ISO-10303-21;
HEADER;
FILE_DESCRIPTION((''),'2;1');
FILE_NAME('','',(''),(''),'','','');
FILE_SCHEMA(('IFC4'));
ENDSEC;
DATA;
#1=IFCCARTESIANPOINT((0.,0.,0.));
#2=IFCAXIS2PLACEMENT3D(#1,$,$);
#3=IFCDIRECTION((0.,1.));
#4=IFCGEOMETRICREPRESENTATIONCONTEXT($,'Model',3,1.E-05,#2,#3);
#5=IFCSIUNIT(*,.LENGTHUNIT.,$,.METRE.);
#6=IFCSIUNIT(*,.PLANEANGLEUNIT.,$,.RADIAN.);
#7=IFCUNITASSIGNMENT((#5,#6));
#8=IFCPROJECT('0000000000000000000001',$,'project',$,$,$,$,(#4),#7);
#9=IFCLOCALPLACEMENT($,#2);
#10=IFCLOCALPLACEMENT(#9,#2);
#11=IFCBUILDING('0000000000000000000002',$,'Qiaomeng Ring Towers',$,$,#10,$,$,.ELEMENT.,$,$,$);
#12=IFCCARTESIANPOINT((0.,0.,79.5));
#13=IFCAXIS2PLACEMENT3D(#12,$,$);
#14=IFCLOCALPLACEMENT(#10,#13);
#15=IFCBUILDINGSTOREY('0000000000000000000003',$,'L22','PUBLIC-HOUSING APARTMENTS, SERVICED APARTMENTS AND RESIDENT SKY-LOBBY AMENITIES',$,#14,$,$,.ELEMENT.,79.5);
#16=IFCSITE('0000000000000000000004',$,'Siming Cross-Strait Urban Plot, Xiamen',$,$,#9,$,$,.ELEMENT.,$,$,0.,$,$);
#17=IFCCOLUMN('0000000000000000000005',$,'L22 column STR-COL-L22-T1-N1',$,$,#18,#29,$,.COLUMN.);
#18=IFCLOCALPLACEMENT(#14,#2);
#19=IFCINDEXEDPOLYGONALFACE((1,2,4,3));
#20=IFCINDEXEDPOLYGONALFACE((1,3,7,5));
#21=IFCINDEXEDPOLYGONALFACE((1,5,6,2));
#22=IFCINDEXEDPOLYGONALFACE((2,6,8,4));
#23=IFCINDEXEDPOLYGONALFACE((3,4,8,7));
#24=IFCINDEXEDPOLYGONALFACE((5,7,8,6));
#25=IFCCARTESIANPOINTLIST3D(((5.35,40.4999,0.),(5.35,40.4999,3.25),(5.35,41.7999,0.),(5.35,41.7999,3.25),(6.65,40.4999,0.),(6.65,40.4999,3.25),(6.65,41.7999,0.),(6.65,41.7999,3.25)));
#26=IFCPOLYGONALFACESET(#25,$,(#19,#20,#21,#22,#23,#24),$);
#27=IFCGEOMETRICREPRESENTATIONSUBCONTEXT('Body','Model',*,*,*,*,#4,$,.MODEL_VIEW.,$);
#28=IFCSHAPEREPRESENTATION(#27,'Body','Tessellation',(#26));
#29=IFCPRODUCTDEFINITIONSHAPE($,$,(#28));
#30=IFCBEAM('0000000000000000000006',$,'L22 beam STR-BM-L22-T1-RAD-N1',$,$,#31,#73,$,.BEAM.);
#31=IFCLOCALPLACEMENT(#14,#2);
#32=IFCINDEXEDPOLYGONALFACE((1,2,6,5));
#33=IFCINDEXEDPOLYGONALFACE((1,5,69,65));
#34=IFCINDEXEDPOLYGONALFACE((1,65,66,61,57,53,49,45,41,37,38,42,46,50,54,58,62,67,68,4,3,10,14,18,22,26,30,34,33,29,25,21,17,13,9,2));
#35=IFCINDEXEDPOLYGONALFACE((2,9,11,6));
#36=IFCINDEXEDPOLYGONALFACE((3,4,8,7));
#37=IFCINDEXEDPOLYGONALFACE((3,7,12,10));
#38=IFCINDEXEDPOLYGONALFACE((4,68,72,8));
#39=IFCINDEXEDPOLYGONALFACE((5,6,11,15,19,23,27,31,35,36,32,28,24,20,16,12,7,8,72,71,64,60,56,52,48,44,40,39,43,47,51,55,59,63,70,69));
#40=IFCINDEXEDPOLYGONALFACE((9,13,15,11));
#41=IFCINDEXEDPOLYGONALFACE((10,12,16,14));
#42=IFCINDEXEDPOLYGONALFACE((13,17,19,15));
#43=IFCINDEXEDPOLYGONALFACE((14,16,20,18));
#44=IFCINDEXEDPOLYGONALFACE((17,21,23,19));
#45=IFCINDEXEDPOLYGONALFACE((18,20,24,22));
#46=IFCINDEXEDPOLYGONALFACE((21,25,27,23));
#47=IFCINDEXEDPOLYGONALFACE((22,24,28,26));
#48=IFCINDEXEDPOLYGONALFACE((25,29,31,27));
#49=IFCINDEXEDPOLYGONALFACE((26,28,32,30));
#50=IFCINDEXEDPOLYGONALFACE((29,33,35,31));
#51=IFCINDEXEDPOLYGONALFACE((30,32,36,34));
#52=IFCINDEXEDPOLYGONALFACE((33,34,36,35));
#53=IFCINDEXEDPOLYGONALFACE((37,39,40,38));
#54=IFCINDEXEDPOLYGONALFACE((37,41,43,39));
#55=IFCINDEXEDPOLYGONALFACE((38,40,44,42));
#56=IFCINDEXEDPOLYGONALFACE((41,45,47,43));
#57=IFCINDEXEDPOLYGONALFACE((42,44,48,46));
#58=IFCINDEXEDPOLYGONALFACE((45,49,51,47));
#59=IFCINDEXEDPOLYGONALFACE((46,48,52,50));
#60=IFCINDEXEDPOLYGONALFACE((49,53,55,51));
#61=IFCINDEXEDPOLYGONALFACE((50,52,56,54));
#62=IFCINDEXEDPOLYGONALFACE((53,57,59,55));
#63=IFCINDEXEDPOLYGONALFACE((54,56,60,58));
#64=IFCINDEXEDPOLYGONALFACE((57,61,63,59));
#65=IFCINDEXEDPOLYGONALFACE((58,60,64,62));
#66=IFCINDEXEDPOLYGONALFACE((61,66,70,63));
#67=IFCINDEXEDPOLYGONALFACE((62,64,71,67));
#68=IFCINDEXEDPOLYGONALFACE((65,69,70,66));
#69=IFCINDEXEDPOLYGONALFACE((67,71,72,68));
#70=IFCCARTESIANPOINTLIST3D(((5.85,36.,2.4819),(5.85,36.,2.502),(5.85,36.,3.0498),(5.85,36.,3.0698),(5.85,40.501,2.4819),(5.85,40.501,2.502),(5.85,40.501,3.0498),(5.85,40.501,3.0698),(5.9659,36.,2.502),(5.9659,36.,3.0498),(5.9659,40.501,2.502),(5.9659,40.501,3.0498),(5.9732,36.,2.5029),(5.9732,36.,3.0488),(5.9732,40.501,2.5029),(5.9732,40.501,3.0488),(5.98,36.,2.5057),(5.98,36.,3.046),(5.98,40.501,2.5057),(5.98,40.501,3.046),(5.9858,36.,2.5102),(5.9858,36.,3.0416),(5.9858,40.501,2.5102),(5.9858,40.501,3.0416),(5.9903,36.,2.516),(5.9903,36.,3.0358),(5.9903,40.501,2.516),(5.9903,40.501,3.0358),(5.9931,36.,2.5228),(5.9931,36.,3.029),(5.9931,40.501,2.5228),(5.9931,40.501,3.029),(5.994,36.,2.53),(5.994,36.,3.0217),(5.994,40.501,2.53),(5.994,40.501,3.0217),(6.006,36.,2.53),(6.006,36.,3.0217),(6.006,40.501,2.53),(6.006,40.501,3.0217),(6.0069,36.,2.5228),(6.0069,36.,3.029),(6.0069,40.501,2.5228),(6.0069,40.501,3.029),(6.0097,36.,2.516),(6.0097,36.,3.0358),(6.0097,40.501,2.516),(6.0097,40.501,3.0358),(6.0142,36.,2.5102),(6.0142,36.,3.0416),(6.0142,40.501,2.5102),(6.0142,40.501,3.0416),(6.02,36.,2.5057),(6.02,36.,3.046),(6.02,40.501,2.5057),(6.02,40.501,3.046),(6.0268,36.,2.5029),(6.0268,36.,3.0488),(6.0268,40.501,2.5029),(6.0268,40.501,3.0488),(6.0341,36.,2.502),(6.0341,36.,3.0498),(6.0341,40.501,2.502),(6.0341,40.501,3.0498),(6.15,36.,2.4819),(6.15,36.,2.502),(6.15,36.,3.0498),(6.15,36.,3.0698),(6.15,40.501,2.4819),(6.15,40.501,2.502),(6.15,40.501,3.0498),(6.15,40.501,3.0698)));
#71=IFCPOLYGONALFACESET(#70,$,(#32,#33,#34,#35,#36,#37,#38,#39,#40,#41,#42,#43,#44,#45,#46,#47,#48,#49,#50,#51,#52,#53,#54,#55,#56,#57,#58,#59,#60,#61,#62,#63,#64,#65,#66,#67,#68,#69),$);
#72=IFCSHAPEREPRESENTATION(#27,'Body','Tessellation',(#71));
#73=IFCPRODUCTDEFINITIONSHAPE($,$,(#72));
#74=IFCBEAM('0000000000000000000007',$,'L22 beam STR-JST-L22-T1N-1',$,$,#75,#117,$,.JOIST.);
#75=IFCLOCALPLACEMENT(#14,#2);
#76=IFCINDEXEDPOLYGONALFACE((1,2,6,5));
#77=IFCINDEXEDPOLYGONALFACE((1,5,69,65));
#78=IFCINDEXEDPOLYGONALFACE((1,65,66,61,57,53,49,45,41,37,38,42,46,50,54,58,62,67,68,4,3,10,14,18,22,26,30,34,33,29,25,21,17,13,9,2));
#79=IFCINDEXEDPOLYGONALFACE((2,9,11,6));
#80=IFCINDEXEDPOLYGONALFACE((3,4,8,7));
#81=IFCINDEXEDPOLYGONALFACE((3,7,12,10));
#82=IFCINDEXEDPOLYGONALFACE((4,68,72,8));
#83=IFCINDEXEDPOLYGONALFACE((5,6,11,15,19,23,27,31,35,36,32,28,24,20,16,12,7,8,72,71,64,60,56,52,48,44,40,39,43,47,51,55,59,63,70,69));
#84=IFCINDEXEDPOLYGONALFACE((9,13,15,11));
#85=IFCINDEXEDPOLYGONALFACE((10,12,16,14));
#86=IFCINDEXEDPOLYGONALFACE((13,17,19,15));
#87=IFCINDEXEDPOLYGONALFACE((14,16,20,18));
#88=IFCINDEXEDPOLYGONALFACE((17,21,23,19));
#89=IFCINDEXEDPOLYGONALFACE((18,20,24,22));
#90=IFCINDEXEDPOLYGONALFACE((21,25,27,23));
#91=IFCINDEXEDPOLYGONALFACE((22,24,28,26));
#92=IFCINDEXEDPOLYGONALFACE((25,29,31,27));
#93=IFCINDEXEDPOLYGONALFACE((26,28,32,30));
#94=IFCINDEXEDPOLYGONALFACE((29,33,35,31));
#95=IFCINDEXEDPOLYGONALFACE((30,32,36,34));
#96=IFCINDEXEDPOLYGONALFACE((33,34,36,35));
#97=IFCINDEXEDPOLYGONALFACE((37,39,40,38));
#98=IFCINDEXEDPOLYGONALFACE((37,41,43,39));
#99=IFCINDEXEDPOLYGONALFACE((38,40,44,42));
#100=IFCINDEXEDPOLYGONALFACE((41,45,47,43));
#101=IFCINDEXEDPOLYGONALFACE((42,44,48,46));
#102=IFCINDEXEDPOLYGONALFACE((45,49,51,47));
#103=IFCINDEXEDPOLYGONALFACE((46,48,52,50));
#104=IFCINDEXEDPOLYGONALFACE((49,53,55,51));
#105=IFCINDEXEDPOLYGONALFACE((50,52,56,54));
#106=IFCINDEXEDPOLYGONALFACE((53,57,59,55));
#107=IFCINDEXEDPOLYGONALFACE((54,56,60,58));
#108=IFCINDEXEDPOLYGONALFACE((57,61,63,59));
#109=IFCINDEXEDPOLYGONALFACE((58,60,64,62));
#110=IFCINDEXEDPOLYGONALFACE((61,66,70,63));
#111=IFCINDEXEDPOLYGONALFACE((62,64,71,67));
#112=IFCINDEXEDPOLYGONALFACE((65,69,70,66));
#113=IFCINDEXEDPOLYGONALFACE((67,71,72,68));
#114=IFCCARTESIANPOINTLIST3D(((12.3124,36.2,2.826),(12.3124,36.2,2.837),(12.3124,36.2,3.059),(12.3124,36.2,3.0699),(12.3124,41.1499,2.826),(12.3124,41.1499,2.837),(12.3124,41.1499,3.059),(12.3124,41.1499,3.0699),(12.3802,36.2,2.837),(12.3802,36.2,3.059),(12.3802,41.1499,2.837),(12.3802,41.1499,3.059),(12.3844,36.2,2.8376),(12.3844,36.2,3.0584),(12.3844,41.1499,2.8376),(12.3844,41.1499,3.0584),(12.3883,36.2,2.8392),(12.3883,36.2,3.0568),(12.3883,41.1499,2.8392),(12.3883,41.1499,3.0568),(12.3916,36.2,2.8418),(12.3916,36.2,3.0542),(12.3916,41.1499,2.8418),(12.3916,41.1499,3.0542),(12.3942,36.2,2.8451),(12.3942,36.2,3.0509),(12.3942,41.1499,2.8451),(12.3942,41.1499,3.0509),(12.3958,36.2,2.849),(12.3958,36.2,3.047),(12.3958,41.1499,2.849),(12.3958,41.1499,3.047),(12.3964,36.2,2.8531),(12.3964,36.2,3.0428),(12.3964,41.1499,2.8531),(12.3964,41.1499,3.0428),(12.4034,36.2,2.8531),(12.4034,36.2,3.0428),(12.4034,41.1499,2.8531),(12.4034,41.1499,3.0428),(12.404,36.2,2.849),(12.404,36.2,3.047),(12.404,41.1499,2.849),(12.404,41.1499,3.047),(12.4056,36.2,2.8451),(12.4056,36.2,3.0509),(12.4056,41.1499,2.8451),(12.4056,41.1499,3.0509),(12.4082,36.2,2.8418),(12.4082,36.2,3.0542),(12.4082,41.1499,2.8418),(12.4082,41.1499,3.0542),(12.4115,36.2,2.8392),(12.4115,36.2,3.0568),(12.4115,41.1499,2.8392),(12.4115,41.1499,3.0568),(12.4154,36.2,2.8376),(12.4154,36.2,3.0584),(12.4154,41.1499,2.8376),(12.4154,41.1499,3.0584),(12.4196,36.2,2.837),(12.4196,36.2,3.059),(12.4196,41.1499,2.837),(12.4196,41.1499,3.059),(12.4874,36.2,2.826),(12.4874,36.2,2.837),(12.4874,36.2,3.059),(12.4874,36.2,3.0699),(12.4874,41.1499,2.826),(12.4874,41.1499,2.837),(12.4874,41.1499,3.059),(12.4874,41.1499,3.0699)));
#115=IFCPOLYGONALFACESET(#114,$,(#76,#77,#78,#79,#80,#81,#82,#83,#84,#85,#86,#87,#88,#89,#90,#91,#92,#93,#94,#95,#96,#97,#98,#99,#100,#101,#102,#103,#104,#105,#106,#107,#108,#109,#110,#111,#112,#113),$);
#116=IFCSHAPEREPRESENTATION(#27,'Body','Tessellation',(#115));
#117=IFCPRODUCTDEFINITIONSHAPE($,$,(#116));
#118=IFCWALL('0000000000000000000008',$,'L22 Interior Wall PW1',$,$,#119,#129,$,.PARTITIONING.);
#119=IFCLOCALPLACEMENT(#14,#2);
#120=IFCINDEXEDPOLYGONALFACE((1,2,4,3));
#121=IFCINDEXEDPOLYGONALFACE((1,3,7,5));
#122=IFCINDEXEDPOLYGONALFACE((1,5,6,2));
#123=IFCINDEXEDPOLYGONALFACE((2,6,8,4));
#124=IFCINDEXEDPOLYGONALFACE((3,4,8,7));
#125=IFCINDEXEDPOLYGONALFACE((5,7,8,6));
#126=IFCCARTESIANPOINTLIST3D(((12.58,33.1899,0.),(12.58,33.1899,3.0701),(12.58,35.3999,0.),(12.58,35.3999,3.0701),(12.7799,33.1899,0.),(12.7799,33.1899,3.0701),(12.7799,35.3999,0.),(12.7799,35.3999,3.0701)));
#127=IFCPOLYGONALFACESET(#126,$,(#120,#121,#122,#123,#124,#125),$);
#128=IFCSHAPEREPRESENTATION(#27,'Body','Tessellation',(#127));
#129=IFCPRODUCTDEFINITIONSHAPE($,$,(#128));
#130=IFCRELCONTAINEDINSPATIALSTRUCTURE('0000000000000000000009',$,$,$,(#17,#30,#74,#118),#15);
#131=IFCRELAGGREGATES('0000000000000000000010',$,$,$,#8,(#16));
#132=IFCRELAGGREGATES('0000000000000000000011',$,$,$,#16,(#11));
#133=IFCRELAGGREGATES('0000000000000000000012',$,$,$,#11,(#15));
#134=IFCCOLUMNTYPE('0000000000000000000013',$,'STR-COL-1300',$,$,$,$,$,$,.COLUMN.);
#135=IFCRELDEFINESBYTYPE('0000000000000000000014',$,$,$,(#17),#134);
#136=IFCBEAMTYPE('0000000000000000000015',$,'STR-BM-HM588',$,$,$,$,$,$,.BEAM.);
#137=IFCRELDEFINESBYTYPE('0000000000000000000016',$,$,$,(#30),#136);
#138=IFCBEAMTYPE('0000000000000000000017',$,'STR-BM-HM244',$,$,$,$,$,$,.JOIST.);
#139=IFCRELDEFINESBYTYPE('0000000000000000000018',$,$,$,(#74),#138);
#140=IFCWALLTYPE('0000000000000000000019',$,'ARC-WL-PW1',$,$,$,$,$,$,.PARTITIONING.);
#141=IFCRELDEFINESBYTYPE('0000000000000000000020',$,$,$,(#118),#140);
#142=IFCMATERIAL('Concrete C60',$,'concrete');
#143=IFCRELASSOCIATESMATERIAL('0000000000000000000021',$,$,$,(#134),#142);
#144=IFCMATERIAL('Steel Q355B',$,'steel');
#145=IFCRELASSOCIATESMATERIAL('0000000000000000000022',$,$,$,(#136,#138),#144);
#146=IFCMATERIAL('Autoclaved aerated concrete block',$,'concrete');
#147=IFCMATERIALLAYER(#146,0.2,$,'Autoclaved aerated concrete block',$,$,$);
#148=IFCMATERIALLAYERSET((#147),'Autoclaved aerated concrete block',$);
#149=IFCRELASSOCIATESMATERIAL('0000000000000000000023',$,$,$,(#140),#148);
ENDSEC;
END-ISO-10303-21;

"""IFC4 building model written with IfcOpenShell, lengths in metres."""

from ifc_helpers import new_model, si_unit, direction, frame, frame_2d, origin, origin_2d, place, context, subcontext, project, spatial, rectangle, i_section, extrude, source, transform, mapped, material, layer, layer_set, material_profile, profile_set, type_object, element, save


model = new_model("IFC4")

# Units and contexts
model_context = context("Model", 3, precision=1e-05, world=origin(), true_north=direction((0.0, 1.0)))
body_context = subcontext(model_context, "Body", "Model", "MODEL_VIEW")
ifc_project = project(units=[si_unit("LENGTHUNIT", "METRE"), si_unit("PLANEANGLEUNIT", "RADIAN")], contexts=[model_context])

# Site, building, storey
site_placement = place(None, origin())
site = spatial("IfcSite", under=ifc_project, at=site_placement, Name="Siming Cross-Strait Urban Plot, Xiamen", CompositionType="ELEMENT", RefElevation=0.0)
building_placement = place(site_placement, origin())
building = spatial("IfcBuilding", under=site, at=building_placement, Name="Qiaomeng Ring Towers", CompositionType="ELEMENT")
storey_placement = place(building_placement, frame((0.0, 0.0, 79.5)))
storey = spatial("IfcBuildingStorey", under=building, at=storey_placement, Name="L22", Description="PUBLIC-HOUSING APARTMENTS, SERVICED APARTMENTS AND RESIDENT SKY-LOBBY AMENITIES", CompositionType="ELEMENT", Elevation=79.5)

# Column
ifc_material_1 = material(Name="Concrete C60", Category="concrete")
ifc_material_profile_1 = material_profile(ifc_material_1, rectangle(XDim=1.3, YDim=1.3, at=origin_2d()), Name="RC COL 1300x1300")
ifc_profile_set_1 = profile_set([ifc_material_profile_1], Name="Concrete C60")
column_type = type_object("IfcColumnType", Name="STR-COL-1300", PredefinedType="COLUMN", material=ifc_profile_set_1)
shared_shape_1 = source(origin(), body_context, "Body", "SweptSolid", [
    extrude(rectangle(XDim=1.3, YDim=1.3, at=origin_2d()), origin(), (0.0, 0.0, 1.0), 3.25),
])
column_placement = place(storey_placement, frame((6.0, 41.1499, 0.0), z_axis=(0.0, 0.0, 1.0), x_axis=(1.0, 0.0, 0.0)))
element("IfcColumn", 1, at=column_placement, inside=storey, type_object=column_type, Name="L22 column STR-COL-L22-T1-N1", PredefinedType="COLUMN", context=body_context, shape_type="MappedRepresentation", body=[
    mapped(shared_shape_1, transform((0.0, 0.0, 0.0), x_axis=(1.0, 0.0, 0.0), y_axis=(0.0, 1.0, 0.0), z_axis=(0.0, 0.0, 1.0), scale=1.0)),
])

# Beams
ifc_material_2 = material(Name="Steel Q355B", Category="steel")
ifc_material_profile_2 = material_profile(ifc_material_2, i_section(OverallWidth=0.3, OverallDepth=0.5879, WebThickness=0.012, FlangeThickness=0.02, FilletRadius=0.0281, at=origin_2d()), Name="HM 588x300x12x20")
ifc_profile_set_2 = profile_set([ifc_material_profile_2], Name="Steel Q355B")
beam_type_1 = type_object("IfcBeamType", Name="STR-BM-HM588", PredefinedType="BEAM", material=ifc_profile_set_2)
shared_shape_2 = source(origin(), body_context, "Body", "SweptSolid", [
    extrude(i_section(OverallWidth=0.3, OverallDepth=0.5879, WebThickness=0.012, FlangeThickness=0.02, FilletRadius=0.0281, at=origin_2d()), origin(), (0.0, 0.0, 1.0), 4.501),
])
beam_1_placement = place(storey_placement, frame((6.0, 40.501, 2.7759), z_axis=(0.0, -1.0, 0.0), x_axis=(1.0, 0.0, 0.0)))
element("IfcBeam", 2, at=beam_1_placement, inside=storey, type_object=beam_type_1, Name="L22 beam STR-BM-L22-T1-RAD-N1", PredefinedType="BEAM", context=body_context, shape_type="MappedRepresentation", body=[
    mapped(shared_shape_2, transform((0.0, 0.0, 0.0), x_axis=(1.0, 0.0, 0.0), y_axis=(0.0, 1.0, 0.0), z_axis=(0.0, 0.0, 1.0), scale=1.0)),
])
ifc_material_profile_3 = material_profile(ifc_material_2, i_section(OverallWidth=0.175, OverallDepth=0.2439, WebThickness=0.0071, FlangeThickness=0.011, FilletRadius=0.0161, at=origin_2d()), Name="HM 244x175x7x11")
ifc_profile_set_3 = profile_set([ifc_material_profile_3], Name="Steel Q355B")
beam_type_2 = type_object("IfcBeamType", Name="STR-BM-HM244", PredefinedType="JOIST", material=ifc_profile_set_3)
shared_shape_3 = source(origin(), body_context, "Body", "SweptSolid", [
    extrude(i_section(OverallWidth=0.175, OverallDepth=0.2439, WebThickness=0.0071, FlangeThickness=0.011, FilletRadius=0.0161, at=origin_2d()), origin(), (0.0, 0.0, 1.0), 4.95),
])
beam_2_placement = place(storey_placement, frame((12.3999, 36.2, 2.948), z_axis=(0.0, 1.0, 0.0), x_axis=(-1.0, 0.0, 0.0)))
element("IfcBeam", 3, at=beam_2_placement, inside=storey, type_object=beam_type_2, Name="L22 beam STR-JST-L22-T1N-1", PredefinedType="JOIST", context=body_context, shape_type="MappedRepresentation", body=[
    mapped(shared_shape_3, transform((0.0, 0.0, 0.0), x_axis=(1.0, 0.0, 0.0), y_axis=(0.0, 1.0, 0.0), z_axis=(0.0, 0.0, 1.0), scale=1.0)),
])

# Wall
ifc_material_3 = material(Name="Autoclaved aerated concrete block", Category="concrete")
ifc_layer_1 = layer(ifc_material_3, 0.2, Name="Autoclaved aerated concrete block")
ifc_layer_set_1 = layer_set([ifc_layer_1], Name="Autoclaved aerated concrete block")
wall_type_1 = type_object("IfcWallType", Name="ARC-WL-PW1", PredefinedType="PARTITIONING", material=ifc_layer_set_1)
wall_1_placement = place(storey_placement, frame((12.6799, 33.1899, 0.0), z_axis=(0.0, 0.0, 1.0), x_axis=(0.0, 1.0, 0.0)))
element("IfcWall", 4, at=wall_1_placement, inside=storey, type_object=wall_type_1, Name="L22 Interior Wall PW1", PredefinedType="PARTITIONING", context=body_context, shape_type="SweptSolid", body=[
    extrude(rectangle(XDim=2.21, YDim=0.2, at=frame_2d((1.105, 0.0))), origin(), (0.0, 0.0, 1.0), 3.0701),
])

save(model, "model.ifc")
